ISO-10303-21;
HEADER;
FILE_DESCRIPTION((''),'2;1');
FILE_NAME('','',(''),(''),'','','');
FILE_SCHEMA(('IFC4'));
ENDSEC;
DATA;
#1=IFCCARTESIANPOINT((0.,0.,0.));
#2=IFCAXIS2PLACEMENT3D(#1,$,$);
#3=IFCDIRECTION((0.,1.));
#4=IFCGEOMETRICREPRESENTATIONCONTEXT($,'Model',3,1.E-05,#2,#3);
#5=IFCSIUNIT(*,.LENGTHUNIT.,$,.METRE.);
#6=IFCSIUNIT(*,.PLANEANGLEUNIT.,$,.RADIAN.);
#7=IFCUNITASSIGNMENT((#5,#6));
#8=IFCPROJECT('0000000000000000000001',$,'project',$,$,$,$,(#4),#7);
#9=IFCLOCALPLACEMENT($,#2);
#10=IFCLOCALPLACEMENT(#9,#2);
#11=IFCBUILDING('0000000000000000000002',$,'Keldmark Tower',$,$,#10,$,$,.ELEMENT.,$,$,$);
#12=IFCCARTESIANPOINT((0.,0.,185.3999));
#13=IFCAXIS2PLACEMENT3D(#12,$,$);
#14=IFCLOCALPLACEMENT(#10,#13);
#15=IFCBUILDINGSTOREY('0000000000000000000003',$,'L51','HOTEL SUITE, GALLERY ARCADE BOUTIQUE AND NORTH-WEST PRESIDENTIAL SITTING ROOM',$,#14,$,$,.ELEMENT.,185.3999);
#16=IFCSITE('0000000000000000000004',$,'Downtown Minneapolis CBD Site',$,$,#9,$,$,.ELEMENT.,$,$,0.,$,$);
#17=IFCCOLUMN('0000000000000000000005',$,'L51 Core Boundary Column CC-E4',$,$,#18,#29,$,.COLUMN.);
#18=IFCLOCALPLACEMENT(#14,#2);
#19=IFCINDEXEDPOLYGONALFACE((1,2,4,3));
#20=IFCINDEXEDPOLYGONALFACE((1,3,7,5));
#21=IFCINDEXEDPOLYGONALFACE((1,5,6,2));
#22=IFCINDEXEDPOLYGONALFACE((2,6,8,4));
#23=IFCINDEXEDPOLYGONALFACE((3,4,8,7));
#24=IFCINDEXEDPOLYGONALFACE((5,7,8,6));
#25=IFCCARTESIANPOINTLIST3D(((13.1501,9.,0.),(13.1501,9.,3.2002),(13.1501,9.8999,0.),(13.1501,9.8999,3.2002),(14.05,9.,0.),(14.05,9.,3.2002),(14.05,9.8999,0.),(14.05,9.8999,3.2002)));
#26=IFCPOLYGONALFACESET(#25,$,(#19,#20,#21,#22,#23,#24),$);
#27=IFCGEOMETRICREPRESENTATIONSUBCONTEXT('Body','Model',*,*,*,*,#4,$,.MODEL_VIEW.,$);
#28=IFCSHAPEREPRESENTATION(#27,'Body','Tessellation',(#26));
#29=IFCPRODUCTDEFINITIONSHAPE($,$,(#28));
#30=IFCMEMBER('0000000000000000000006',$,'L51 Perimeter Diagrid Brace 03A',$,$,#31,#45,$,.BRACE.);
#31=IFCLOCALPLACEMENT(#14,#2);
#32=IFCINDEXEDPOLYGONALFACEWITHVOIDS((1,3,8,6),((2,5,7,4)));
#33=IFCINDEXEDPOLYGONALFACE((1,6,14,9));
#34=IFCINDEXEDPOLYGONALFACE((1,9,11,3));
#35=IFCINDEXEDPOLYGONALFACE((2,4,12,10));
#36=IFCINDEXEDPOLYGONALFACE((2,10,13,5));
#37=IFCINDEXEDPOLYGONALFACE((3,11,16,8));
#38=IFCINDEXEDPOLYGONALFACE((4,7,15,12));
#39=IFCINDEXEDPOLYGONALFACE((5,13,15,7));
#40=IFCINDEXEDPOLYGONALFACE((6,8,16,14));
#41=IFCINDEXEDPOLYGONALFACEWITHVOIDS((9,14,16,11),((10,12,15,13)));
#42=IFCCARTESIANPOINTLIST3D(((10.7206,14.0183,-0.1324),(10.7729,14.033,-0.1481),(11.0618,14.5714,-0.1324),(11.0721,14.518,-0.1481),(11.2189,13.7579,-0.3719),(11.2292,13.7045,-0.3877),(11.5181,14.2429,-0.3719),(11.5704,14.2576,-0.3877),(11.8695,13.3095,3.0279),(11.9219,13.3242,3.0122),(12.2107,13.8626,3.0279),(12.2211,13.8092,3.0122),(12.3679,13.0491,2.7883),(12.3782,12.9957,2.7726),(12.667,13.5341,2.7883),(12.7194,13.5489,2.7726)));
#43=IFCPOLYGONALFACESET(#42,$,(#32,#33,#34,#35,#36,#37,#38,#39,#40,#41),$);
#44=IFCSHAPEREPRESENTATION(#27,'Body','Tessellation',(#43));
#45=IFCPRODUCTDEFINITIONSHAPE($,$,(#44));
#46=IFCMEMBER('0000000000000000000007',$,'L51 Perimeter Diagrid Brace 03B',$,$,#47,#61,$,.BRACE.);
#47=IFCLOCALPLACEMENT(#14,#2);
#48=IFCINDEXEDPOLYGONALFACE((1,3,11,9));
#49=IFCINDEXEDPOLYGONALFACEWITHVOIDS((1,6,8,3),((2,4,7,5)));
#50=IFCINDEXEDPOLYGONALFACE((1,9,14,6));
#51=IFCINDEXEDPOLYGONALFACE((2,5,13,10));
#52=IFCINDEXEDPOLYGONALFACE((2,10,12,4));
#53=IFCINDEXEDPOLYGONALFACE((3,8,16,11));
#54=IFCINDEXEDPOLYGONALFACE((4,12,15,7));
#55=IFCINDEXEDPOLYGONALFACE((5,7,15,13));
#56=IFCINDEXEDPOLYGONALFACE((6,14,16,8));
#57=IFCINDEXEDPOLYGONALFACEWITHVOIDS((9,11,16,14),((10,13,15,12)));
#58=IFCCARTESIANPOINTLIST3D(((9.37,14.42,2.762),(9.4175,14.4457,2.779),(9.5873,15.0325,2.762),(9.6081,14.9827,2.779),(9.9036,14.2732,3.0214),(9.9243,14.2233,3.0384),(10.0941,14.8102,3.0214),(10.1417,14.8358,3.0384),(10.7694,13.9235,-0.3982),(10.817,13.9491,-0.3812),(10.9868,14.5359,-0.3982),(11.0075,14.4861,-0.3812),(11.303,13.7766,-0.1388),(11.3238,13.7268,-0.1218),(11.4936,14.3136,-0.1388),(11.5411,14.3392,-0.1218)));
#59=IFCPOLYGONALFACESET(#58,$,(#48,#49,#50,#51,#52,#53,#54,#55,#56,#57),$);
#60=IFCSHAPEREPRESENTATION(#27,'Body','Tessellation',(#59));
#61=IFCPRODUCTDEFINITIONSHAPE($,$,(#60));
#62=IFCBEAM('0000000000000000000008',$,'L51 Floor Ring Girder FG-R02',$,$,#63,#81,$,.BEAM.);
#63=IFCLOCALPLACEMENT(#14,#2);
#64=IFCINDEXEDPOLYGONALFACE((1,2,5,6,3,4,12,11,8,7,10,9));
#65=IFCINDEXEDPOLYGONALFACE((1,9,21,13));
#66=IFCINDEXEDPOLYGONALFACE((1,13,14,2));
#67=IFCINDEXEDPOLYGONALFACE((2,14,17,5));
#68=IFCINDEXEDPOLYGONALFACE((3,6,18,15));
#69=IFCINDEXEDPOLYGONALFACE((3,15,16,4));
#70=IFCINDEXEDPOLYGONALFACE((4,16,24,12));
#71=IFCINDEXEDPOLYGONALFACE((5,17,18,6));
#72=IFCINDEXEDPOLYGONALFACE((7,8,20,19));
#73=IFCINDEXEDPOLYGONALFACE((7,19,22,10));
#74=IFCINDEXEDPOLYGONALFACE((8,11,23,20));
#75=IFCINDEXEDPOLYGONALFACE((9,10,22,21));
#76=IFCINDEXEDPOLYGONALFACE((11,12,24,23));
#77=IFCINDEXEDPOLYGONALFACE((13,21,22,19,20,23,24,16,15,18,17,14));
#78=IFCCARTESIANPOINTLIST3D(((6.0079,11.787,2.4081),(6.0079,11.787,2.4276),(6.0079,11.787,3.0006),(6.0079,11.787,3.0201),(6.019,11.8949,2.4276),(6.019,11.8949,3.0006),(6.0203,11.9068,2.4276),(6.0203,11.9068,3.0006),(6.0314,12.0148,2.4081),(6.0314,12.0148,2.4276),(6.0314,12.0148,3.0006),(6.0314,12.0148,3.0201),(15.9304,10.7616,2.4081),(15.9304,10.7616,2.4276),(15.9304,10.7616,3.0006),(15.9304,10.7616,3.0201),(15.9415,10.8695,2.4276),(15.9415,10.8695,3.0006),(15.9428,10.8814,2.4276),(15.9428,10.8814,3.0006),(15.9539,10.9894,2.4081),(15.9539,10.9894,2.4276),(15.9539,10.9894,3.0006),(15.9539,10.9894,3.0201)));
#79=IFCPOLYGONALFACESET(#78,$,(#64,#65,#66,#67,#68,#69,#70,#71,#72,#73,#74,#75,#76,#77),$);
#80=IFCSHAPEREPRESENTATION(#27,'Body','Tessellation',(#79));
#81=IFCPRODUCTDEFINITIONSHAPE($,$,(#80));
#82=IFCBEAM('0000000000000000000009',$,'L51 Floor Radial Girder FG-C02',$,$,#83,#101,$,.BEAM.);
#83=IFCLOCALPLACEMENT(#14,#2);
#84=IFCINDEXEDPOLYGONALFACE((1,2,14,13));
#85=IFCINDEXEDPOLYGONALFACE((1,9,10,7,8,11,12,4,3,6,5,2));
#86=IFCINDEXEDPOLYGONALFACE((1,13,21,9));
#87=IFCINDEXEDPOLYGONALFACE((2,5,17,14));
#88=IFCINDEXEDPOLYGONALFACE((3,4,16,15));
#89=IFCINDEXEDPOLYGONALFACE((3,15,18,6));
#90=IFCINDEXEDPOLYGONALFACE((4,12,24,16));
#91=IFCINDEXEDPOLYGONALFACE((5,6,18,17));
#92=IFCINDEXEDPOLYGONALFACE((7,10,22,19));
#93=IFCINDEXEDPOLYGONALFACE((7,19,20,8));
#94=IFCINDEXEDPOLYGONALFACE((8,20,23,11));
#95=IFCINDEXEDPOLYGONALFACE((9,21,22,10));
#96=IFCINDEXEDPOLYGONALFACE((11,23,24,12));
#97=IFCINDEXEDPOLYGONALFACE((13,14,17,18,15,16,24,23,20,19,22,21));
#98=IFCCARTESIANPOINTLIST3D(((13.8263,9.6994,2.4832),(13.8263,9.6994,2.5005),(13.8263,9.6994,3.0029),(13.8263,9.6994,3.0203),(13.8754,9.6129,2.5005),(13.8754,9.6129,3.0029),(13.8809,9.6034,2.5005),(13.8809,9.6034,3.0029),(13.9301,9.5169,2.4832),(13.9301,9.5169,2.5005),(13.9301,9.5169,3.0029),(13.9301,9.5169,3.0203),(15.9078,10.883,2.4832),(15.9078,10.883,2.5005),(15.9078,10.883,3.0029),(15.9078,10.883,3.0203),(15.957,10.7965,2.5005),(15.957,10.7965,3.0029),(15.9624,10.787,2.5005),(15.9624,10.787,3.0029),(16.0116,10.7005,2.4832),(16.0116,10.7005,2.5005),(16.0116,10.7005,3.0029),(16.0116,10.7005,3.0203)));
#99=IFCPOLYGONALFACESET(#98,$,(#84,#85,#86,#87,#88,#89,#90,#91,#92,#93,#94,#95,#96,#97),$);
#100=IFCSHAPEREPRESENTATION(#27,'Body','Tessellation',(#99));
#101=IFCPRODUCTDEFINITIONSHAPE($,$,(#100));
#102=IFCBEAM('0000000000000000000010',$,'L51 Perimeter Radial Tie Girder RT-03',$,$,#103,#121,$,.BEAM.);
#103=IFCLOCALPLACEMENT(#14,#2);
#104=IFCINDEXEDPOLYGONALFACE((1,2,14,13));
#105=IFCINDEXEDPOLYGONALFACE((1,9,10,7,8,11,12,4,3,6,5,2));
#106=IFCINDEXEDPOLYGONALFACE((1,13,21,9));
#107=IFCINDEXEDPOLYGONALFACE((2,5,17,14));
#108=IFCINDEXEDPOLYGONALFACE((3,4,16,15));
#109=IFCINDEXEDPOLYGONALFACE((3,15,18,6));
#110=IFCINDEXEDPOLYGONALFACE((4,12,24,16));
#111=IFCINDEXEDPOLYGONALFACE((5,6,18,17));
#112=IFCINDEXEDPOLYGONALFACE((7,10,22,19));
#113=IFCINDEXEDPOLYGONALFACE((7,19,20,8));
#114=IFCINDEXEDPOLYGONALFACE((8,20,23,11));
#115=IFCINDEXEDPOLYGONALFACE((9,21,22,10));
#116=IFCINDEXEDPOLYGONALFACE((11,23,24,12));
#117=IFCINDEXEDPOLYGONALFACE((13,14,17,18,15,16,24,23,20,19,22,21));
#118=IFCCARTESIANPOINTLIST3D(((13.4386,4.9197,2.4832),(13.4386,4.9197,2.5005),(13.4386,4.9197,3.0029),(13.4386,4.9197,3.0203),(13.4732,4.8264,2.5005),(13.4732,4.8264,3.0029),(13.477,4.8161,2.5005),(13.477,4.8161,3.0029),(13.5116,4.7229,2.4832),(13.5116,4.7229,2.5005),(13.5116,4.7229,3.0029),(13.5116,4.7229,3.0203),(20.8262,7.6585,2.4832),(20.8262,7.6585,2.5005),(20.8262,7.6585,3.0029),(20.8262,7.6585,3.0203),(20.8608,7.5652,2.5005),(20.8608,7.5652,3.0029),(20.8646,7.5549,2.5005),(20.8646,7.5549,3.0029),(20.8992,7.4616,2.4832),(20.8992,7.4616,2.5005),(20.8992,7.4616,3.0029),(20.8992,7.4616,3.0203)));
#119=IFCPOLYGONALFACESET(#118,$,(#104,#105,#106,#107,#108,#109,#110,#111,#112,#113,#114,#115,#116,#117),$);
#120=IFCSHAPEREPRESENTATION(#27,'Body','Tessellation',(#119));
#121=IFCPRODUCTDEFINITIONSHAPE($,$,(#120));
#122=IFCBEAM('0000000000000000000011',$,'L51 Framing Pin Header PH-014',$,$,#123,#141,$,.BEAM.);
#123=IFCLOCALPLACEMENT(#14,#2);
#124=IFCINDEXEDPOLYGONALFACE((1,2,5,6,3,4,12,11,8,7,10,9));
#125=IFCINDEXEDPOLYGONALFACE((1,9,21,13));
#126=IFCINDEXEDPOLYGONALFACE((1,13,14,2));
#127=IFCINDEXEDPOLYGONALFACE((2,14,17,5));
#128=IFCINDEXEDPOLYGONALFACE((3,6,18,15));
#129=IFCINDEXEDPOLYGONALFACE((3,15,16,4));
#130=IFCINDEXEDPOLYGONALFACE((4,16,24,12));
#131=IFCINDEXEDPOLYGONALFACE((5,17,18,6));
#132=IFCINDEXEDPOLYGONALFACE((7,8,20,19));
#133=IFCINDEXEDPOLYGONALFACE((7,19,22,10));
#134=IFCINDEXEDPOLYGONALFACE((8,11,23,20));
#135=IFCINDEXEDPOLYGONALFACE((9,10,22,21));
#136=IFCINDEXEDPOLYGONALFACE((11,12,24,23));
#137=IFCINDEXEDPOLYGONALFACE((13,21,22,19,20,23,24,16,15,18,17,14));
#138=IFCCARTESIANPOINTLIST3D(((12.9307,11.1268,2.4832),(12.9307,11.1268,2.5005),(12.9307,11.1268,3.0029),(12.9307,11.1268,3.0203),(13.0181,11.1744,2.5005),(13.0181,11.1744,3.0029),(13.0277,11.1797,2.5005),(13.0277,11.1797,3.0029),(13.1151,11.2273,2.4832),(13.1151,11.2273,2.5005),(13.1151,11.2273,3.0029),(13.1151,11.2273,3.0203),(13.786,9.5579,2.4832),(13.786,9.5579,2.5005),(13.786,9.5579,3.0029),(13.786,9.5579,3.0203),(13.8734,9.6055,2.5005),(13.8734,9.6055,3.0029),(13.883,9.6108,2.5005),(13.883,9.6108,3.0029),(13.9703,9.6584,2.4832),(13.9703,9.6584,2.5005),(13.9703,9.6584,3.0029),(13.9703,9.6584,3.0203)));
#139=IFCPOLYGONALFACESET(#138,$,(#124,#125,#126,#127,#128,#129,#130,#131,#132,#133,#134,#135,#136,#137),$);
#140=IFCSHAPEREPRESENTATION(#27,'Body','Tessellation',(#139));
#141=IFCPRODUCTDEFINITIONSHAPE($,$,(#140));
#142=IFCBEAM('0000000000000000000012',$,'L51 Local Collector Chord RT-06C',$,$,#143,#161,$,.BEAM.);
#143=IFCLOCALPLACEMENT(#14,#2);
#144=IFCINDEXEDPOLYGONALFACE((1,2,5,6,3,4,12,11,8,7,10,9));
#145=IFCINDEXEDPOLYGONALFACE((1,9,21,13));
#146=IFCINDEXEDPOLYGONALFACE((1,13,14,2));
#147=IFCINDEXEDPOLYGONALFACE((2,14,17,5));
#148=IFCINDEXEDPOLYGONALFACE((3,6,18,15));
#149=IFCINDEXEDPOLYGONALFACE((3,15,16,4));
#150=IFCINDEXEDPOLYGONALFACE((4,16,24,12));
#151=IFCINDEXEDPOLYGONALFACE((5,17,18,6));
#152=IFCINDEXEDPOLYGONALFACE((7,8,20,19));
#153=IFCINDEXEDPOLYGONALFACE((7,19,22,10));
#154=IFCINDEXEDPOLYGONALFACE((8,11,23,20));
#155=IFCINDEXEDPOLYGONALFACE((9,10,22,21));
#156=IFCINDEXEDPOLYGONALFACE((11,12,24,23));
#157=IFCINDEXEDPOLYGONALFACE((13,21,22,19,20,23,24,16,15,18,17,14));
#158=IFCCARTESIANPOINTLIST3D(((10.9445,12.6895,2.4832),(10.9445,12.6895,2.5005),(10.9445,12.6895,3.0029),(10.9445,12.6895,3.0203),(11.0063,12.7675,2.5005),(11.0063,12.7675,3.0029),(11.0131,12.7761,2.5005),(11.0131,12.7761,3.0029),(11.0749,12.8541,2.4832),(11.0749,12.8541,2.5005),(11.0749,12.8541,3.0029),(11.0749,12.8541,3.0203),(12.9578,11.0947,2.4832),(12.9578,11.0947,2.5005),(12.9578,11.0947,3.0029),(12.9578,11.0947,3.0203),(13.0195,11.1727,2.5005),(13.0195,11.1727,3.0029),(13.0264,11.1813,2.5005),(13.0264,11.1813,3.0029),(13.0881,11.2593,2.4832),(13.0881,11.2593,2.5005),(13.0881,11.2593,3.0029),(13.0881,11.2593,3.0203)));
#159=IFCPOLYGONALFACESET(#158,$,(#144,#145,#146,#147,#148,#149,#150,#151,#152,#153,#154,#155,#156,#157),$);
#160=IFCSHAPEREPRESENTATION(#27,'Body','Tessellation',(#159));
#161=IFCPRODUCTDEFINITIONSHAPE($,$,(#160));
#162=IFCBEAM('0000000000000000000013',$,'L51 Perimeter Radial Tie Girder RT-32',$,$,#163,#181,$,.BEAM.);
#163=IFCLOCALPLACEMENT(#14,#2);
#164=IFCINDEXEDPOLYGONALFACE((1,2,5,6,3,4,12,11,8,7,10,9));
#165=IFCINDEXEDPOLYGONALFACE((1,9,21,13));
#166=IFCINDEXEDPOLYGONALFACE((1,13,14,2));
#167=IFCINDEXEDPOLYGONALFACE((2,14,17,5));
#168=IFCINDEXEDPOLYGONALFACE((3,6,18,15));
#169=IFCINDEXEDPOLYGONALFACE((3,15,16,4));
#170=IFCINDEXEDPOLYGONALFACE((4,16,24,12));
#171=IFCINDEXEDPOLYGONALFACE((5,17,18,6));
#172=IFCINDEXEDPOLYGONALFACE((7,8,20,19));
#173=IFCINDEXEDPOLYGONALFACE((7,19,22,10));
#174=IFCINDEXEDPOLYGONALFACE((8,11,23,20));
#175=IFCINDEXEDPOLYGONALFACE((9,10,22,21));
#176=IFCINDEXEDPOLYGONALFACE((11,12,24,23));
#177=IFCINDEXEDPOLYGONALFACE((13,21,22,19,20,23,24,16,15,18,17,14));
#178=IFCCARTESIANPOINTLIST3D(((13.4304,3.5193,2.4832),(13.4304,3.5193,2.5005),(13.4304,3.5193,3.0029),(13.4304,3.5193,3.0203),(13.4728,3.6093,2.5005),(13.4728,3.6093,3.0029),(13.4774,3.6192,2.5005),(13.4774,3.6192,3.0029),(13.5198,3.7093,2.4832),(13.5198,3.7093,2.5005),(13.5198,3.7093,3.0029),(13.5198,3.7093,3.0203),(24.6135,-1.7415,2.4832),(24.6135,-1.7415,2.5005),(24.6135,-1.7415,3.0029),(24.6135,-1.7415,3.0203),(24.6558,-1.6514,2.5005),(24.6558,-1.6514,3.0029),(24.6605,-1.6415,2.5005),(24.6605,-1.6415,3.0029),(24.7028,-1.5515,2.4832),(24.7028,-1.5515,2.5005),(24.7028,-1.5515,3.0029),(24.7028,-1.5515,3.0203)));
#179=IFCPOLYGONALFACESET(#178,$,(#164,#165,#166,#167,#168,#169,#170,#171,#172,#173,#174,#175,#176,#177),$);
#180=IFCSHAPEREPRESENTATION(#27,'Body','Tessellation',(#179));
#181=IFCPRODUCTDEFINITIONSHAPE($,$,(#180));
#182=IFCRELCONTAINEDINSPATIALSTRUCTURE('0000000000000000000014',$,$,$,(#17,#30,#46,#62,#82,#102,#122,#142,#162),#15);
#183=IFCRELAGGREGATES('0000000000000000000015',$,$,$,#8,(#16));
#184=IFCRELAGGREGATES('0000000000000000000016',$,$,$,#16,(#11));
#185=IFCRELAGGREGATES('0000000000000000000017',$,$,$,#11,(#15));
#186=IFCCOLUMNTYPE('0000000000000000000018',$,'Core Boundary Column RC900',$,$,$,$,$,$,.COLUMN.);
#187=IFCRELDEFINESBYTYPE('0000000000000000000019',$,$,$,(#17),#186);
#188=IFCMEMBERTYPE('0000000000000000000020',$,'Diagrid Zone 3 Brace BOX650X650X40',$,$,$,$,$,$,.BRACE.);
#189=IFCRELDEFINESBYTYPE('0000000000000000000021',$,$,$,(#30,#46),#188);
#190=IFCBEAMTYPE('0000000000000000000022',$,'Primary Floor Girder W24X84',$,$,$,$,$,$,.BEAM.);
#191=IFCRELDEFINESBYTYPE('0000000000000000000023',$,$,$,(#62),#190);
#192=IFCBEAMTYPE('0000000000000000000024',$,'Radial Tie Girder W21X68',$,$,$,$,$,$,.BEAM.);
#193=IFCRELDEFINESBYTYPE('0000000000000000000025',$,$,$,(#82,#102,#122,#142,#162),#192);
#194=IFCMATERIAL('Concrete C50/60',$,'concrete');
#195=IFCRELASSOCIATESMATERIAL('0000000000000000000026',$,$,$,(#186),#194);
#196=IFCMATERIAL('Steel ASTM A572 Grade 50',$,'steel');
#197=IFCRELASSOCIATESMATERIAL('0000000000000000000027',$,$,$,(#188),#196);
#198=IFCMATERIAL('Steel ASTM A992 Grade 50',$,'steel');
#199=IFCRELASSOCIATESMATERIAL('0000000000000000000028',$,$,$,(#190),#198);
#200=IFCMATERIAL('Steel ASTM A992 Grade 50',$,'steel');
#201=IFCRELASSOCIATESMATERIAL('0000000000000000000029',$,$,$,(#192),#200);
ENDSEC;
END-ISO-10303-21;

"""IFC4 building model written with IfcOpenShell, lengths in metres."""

from ifc_helpers import new_model, si_unit, direction, frame, origin, origin_2d, place, context, subcontext, project, spatial, rectangle, hollow_rectangle, i_section, extrude, material, material_profile, profile_set, type_object, element, save


model = new_model("IFC4")

# Units and contexts
model_context = context("Model", 3, precision=1e-05, world=origin(), true_north=direction((0.0, 1.0)))
body_context = subcontext(model_context, "Body", "Model", "MODEL_VIEW")
ifc_project = project(units=[si_unit("LENGTHUNIT", "METRE"), si_unit("PLANEANGLEUNIT", "RADIAN")], contexts=[model_context])

# Site, building, storey
site_placement = place(None, origin())
site = spatial("IfcSite", under=ifc_project, at=site_placement, Name="Downtown Minneapolis CBD Site", CompositionType="ELEMENT", RefElevation=0.0)
building_placement = place(site_placement, origin())
building = spatial("IfcBuilding", under=site, at=building_placement, Name="Keldmark Tower", CompositionType="ELEMENT")
storey_placement = place(building_placement, frame((0.0, 0.0, 185.3999)))
storey = spatial("IfcBuildingStorey", under=building, at=storey_placement, Name="L51", Description="HOTEL SUITE, GALLERY ARCADE BOUTIQUE AND NORTH-WEST PRESIDENTIAL SITTING ROOM", CompositionType="ELEMENT", Elevation=185.3999)

# Column
ifc_material_1 = material(Name="Concrete C50/60", Category="concrete")
ifc_material_profile_1 = material_profile(ifc_material_1, rectangle(XDim=0.8999, YDim=0.8999, at=origin_2d()), Name="RC900X900")
ifc_profile_set_1 = profile_set([ifc_material_profile_1], Name="Concrete C50/60")
column_type = type_object("IfcColumnType", Name="Core Boundary Column RC900", PredefinedType="COLUMN", material=ifc_profile_set_1)
column_placement = place(storey_placement, frame((13.6001, 9.45, 0.0), z_axis=(0.0, 0.0, 1.0), x_axis=(1.0, 0.0, 0.0)))
element("IfcColumn", 1, at=column_placement, inside=storey, type_object=column_type, Name="L51 Core Boundary Column CC-E4", PredefinedType="COLUMN", context=body_context, shape_type="SweptSolid", body=[
    extrude(rectangle(XDim=0.8999, YDim=0.8999, at=origin_2d()), origin(), (0.0, 0.0, 1.0), 3.2002),
])

# Members
ifc_material_2 = material(Name="Steel ASTM A572 Grade 50", Category="steel")
ifc_material_profile_2 = material_profile(ifc_material_2, hollow_rectangle(XDim=0.6499, YDim=0.6499, WallThickness=0.04, at=origin_2d()), Name="BOX650X650X40")
ifc_profile_set_2 = profile_set([ifc_material_profile_2], Name="Steel ASTM A572 Grade 50")
member_type = type_object("IfcMemberType", Name="Diagrid Zone 3 Brace BOX650X650X40", PredefinedType="BRACE", material=ifc_profile_set_2)
member_1_placement = place(storey_placement, frame((11.1455, 14.1379, -0.26), z_axis=(0.334339, -0.206244, 0.919609), x_axis=(0.525015, 0.851093, 0.0)))
element("IfcMember", 2, at=member_1_placement, inside=storey, type_object=member_type, Name="L51 Perimeter Diagrid Brace 03A", PredefinedType="BRACE", context=body_context, shape_type="SweptSolid", body=[
    extrude(hollow_rectangle(XDim=0.6499, YDim=0.6499, WallThickness=0.04, at=origin_2d()), origin(), (0.0, 0.0, 1.0), 3.4365),
])
member_2_placement = place(storey_placement, frame((11.1553, 14.1313, -0.26), z_axis=(-0.40079, 0.14222, 0.905064), x_axis=(-0.334419, -0.942424, 0.0)))
element("IfcMember", 3, at=member_2_placement, inside=storey, type_object=member_type, Name="L51 Perimeter Diagrid Brace 03B", PredefinedType="BRACE", context=body_context, shape_type="SweptSolid", body=[
    extrude(hollow_rectangle(XDim=0.6499, YDim=0.6499, WallThickness=0.04, at=origin_2d()), origin(), (0.0, 0.0, 1.0), 3.4917),
])

# Beams
ifc_material_3 = material(Name="Steel ASTM A992 Grade 50", Category="steel")
ifc_material_profile_3 = material_profile(ifc_material_3, i_section(OverallWidth=0.229, OverallDepth=0.6121, WebThickness=0.012, FlangeThickness=0.0195, at=origin_2d()), Name="W24X84")
ifc_profile_set_3 = profile_set([ifc_material_profile_3], Name="Steel ASTM A992 Grade 50")
beam_type_1 = type_object("IfcBeamType", Name="Primary Floor Girder W24X84", PredefinedType="BEAM", material=ifc_profile_set_3)
beam_1_placement = place(storey_placement, frame((15.9421, 10.8755, 2.7141), z_axis=(-0.994703, 0.102791, 0.0), x_axis=(-0.102791, -0.994703, 0.0)))
element("IfcBeam", 4, at=beam_1_placement, inside=storey, type_object=beam_type_1, Name="L51 Floor Ring Girder FG-R02", PredefinedType="BEAM", context=body_context, shape_type="SweptSolid", body=[
    extrude(i_section(OverallWidth=0.229, OverallDepth=0.6121, WebThickness=0.012, FlangeThickness=0.0195, at=origin_2d()), origin(), (0.0, 0.0, 1.0), 9.9753),
])
ifc_material_4 = material(Name="Steel ASTM A992 Grade 50", Category="steel")
ifc_material_profile_4 = material_profile(ifc_material_4, i_section(OverallWidth=0.21, OverallDepth=0.5371, WebThickness=0.011, FlangeThickness=0.0173, at=origin_2d()), Name="W21X68")
ifc_profile_set_4 = profile_set([ifc_material_profile_4], Name="Steel ASTM A992 Grade 50")
beam_type_2 = type_object("IfcBeamType", Name="Radial Tie Girder W21X68", PredefinedType="BEAM", material=ifc_profile_set_4)
beam_2_placement = place(storey_placement, frame((15.9597, 10.7917, 2.7517), z_axis=(-0.869295, -0.494293, 0.0), x_axis=(0.494293, -0.869295, 0.0)))
element("IfcBeam", 5, at=beam_2_placement, inside=storey, type_object=beam_type_2, Name="L51 Floor Radial Girder FG-C02", PredefinedType="BEAM", context=body_context, shape_type="SweptSolid", body=[
    extrude(i_section(OverallWidth=0.21, OverallDepth=0.5371, WebThickness=0.011, FlangeThickness=0.0173, at=origin_2d()), origin(), (0.0, 0.0, 1.0), 2.3945),
])
beam_3_placement = place(storey_placement, frame((13.4751, 4.8213, 2.7517), z_axis=(0.937642, 0.347603, 0.0), x_axis=(-0.347603, 0.937642, 0.0)))
element("IfcBeam", 6, at=beam_3_placement, inside=storey, type_object=beam_type_2, Name="L51 Perimeter Radial Tie Girder RT-03", PredefinedType="BEAM", context=body_context, shape_type="SweptSolid", body=[
    extrude(i_section(OverallWidth=0.21, OverallDepth=0.5371, WebThickness=0.011, FlangeThickness=0.0173, at=origin_2d()), origin(), (0.0, 0.0, 1.0), 7.8789),
])
beam_4_placement = place(storey_placement, frame((13.8782, 9.6082, 2.7517), z_axis=(-0.478632, 0.878016, 0.0), x_axis=(-0.878016, -0.478632, 0.0)))
element("IfcBeam", 7, at=beam_4_placement, inside=storey, type_object=beam_type_2, Name="L51 Framing Pin Header PH-014", PredefinedType="BEAM", context=body_context, shape_type="SweptSolid", body=[
    extrude(i_section(OverallWidth=0.21, OverallDepth=0.5371, WebThickness=0.011, FlangeThickness=0.0173, at=origin_2d()), origin(), (0.0, 0.0, 1.0), 1.7869),
])
beam_5_placement = place(storey_placement, frame((13.0229, 11.177, 2.7517), z_axis=(-0.783865, 0.620932, 0.0), x_axis=(-0.620932, -0.783865, 0.0)))
element("IfcBeam", 8, at=beam_5_placement, inside=storey, type_object=beam_type_2, Name="L51 Local Collector Chord RT-06C", PredefinedType="BEAM", context=body_context, shape_type="SweptSolid", body=[
    extrude(i_section(OverallWidth=0.21, OverallDepth=0.5371, WebThickness=0.011, FlangeThickness=0.0173, at=origin_2d()), origin(), (0.0, 0.0, 1.0), 2.5684),
])
beam_6_placement = place(storey_placement, frame((13.4751, 3.6143, 2.7517), z_axis=(0.904878, -0.425671, 0.0), x_axis=(0.425671, 0.904878, 0.0)))
element("IfcBeam", 9, at=beam_6_placement, inside=storey, type_object=beam_type_2, Name="L51 Perimeter Radial Tie Girder RT-32", PredefinedType="BEAM", context=body_context, shape_type="SweptSolid", body=[
    extrude(i_section(OverallWidth=0.21, OverallDepth=0.5371, WebThickness=0.011, FlangeThickness=0.0173, at=origin_2d()), origin(), (0.0, 0.0, 1.0), 12.3586),
])

save(model, "model.ifc")
